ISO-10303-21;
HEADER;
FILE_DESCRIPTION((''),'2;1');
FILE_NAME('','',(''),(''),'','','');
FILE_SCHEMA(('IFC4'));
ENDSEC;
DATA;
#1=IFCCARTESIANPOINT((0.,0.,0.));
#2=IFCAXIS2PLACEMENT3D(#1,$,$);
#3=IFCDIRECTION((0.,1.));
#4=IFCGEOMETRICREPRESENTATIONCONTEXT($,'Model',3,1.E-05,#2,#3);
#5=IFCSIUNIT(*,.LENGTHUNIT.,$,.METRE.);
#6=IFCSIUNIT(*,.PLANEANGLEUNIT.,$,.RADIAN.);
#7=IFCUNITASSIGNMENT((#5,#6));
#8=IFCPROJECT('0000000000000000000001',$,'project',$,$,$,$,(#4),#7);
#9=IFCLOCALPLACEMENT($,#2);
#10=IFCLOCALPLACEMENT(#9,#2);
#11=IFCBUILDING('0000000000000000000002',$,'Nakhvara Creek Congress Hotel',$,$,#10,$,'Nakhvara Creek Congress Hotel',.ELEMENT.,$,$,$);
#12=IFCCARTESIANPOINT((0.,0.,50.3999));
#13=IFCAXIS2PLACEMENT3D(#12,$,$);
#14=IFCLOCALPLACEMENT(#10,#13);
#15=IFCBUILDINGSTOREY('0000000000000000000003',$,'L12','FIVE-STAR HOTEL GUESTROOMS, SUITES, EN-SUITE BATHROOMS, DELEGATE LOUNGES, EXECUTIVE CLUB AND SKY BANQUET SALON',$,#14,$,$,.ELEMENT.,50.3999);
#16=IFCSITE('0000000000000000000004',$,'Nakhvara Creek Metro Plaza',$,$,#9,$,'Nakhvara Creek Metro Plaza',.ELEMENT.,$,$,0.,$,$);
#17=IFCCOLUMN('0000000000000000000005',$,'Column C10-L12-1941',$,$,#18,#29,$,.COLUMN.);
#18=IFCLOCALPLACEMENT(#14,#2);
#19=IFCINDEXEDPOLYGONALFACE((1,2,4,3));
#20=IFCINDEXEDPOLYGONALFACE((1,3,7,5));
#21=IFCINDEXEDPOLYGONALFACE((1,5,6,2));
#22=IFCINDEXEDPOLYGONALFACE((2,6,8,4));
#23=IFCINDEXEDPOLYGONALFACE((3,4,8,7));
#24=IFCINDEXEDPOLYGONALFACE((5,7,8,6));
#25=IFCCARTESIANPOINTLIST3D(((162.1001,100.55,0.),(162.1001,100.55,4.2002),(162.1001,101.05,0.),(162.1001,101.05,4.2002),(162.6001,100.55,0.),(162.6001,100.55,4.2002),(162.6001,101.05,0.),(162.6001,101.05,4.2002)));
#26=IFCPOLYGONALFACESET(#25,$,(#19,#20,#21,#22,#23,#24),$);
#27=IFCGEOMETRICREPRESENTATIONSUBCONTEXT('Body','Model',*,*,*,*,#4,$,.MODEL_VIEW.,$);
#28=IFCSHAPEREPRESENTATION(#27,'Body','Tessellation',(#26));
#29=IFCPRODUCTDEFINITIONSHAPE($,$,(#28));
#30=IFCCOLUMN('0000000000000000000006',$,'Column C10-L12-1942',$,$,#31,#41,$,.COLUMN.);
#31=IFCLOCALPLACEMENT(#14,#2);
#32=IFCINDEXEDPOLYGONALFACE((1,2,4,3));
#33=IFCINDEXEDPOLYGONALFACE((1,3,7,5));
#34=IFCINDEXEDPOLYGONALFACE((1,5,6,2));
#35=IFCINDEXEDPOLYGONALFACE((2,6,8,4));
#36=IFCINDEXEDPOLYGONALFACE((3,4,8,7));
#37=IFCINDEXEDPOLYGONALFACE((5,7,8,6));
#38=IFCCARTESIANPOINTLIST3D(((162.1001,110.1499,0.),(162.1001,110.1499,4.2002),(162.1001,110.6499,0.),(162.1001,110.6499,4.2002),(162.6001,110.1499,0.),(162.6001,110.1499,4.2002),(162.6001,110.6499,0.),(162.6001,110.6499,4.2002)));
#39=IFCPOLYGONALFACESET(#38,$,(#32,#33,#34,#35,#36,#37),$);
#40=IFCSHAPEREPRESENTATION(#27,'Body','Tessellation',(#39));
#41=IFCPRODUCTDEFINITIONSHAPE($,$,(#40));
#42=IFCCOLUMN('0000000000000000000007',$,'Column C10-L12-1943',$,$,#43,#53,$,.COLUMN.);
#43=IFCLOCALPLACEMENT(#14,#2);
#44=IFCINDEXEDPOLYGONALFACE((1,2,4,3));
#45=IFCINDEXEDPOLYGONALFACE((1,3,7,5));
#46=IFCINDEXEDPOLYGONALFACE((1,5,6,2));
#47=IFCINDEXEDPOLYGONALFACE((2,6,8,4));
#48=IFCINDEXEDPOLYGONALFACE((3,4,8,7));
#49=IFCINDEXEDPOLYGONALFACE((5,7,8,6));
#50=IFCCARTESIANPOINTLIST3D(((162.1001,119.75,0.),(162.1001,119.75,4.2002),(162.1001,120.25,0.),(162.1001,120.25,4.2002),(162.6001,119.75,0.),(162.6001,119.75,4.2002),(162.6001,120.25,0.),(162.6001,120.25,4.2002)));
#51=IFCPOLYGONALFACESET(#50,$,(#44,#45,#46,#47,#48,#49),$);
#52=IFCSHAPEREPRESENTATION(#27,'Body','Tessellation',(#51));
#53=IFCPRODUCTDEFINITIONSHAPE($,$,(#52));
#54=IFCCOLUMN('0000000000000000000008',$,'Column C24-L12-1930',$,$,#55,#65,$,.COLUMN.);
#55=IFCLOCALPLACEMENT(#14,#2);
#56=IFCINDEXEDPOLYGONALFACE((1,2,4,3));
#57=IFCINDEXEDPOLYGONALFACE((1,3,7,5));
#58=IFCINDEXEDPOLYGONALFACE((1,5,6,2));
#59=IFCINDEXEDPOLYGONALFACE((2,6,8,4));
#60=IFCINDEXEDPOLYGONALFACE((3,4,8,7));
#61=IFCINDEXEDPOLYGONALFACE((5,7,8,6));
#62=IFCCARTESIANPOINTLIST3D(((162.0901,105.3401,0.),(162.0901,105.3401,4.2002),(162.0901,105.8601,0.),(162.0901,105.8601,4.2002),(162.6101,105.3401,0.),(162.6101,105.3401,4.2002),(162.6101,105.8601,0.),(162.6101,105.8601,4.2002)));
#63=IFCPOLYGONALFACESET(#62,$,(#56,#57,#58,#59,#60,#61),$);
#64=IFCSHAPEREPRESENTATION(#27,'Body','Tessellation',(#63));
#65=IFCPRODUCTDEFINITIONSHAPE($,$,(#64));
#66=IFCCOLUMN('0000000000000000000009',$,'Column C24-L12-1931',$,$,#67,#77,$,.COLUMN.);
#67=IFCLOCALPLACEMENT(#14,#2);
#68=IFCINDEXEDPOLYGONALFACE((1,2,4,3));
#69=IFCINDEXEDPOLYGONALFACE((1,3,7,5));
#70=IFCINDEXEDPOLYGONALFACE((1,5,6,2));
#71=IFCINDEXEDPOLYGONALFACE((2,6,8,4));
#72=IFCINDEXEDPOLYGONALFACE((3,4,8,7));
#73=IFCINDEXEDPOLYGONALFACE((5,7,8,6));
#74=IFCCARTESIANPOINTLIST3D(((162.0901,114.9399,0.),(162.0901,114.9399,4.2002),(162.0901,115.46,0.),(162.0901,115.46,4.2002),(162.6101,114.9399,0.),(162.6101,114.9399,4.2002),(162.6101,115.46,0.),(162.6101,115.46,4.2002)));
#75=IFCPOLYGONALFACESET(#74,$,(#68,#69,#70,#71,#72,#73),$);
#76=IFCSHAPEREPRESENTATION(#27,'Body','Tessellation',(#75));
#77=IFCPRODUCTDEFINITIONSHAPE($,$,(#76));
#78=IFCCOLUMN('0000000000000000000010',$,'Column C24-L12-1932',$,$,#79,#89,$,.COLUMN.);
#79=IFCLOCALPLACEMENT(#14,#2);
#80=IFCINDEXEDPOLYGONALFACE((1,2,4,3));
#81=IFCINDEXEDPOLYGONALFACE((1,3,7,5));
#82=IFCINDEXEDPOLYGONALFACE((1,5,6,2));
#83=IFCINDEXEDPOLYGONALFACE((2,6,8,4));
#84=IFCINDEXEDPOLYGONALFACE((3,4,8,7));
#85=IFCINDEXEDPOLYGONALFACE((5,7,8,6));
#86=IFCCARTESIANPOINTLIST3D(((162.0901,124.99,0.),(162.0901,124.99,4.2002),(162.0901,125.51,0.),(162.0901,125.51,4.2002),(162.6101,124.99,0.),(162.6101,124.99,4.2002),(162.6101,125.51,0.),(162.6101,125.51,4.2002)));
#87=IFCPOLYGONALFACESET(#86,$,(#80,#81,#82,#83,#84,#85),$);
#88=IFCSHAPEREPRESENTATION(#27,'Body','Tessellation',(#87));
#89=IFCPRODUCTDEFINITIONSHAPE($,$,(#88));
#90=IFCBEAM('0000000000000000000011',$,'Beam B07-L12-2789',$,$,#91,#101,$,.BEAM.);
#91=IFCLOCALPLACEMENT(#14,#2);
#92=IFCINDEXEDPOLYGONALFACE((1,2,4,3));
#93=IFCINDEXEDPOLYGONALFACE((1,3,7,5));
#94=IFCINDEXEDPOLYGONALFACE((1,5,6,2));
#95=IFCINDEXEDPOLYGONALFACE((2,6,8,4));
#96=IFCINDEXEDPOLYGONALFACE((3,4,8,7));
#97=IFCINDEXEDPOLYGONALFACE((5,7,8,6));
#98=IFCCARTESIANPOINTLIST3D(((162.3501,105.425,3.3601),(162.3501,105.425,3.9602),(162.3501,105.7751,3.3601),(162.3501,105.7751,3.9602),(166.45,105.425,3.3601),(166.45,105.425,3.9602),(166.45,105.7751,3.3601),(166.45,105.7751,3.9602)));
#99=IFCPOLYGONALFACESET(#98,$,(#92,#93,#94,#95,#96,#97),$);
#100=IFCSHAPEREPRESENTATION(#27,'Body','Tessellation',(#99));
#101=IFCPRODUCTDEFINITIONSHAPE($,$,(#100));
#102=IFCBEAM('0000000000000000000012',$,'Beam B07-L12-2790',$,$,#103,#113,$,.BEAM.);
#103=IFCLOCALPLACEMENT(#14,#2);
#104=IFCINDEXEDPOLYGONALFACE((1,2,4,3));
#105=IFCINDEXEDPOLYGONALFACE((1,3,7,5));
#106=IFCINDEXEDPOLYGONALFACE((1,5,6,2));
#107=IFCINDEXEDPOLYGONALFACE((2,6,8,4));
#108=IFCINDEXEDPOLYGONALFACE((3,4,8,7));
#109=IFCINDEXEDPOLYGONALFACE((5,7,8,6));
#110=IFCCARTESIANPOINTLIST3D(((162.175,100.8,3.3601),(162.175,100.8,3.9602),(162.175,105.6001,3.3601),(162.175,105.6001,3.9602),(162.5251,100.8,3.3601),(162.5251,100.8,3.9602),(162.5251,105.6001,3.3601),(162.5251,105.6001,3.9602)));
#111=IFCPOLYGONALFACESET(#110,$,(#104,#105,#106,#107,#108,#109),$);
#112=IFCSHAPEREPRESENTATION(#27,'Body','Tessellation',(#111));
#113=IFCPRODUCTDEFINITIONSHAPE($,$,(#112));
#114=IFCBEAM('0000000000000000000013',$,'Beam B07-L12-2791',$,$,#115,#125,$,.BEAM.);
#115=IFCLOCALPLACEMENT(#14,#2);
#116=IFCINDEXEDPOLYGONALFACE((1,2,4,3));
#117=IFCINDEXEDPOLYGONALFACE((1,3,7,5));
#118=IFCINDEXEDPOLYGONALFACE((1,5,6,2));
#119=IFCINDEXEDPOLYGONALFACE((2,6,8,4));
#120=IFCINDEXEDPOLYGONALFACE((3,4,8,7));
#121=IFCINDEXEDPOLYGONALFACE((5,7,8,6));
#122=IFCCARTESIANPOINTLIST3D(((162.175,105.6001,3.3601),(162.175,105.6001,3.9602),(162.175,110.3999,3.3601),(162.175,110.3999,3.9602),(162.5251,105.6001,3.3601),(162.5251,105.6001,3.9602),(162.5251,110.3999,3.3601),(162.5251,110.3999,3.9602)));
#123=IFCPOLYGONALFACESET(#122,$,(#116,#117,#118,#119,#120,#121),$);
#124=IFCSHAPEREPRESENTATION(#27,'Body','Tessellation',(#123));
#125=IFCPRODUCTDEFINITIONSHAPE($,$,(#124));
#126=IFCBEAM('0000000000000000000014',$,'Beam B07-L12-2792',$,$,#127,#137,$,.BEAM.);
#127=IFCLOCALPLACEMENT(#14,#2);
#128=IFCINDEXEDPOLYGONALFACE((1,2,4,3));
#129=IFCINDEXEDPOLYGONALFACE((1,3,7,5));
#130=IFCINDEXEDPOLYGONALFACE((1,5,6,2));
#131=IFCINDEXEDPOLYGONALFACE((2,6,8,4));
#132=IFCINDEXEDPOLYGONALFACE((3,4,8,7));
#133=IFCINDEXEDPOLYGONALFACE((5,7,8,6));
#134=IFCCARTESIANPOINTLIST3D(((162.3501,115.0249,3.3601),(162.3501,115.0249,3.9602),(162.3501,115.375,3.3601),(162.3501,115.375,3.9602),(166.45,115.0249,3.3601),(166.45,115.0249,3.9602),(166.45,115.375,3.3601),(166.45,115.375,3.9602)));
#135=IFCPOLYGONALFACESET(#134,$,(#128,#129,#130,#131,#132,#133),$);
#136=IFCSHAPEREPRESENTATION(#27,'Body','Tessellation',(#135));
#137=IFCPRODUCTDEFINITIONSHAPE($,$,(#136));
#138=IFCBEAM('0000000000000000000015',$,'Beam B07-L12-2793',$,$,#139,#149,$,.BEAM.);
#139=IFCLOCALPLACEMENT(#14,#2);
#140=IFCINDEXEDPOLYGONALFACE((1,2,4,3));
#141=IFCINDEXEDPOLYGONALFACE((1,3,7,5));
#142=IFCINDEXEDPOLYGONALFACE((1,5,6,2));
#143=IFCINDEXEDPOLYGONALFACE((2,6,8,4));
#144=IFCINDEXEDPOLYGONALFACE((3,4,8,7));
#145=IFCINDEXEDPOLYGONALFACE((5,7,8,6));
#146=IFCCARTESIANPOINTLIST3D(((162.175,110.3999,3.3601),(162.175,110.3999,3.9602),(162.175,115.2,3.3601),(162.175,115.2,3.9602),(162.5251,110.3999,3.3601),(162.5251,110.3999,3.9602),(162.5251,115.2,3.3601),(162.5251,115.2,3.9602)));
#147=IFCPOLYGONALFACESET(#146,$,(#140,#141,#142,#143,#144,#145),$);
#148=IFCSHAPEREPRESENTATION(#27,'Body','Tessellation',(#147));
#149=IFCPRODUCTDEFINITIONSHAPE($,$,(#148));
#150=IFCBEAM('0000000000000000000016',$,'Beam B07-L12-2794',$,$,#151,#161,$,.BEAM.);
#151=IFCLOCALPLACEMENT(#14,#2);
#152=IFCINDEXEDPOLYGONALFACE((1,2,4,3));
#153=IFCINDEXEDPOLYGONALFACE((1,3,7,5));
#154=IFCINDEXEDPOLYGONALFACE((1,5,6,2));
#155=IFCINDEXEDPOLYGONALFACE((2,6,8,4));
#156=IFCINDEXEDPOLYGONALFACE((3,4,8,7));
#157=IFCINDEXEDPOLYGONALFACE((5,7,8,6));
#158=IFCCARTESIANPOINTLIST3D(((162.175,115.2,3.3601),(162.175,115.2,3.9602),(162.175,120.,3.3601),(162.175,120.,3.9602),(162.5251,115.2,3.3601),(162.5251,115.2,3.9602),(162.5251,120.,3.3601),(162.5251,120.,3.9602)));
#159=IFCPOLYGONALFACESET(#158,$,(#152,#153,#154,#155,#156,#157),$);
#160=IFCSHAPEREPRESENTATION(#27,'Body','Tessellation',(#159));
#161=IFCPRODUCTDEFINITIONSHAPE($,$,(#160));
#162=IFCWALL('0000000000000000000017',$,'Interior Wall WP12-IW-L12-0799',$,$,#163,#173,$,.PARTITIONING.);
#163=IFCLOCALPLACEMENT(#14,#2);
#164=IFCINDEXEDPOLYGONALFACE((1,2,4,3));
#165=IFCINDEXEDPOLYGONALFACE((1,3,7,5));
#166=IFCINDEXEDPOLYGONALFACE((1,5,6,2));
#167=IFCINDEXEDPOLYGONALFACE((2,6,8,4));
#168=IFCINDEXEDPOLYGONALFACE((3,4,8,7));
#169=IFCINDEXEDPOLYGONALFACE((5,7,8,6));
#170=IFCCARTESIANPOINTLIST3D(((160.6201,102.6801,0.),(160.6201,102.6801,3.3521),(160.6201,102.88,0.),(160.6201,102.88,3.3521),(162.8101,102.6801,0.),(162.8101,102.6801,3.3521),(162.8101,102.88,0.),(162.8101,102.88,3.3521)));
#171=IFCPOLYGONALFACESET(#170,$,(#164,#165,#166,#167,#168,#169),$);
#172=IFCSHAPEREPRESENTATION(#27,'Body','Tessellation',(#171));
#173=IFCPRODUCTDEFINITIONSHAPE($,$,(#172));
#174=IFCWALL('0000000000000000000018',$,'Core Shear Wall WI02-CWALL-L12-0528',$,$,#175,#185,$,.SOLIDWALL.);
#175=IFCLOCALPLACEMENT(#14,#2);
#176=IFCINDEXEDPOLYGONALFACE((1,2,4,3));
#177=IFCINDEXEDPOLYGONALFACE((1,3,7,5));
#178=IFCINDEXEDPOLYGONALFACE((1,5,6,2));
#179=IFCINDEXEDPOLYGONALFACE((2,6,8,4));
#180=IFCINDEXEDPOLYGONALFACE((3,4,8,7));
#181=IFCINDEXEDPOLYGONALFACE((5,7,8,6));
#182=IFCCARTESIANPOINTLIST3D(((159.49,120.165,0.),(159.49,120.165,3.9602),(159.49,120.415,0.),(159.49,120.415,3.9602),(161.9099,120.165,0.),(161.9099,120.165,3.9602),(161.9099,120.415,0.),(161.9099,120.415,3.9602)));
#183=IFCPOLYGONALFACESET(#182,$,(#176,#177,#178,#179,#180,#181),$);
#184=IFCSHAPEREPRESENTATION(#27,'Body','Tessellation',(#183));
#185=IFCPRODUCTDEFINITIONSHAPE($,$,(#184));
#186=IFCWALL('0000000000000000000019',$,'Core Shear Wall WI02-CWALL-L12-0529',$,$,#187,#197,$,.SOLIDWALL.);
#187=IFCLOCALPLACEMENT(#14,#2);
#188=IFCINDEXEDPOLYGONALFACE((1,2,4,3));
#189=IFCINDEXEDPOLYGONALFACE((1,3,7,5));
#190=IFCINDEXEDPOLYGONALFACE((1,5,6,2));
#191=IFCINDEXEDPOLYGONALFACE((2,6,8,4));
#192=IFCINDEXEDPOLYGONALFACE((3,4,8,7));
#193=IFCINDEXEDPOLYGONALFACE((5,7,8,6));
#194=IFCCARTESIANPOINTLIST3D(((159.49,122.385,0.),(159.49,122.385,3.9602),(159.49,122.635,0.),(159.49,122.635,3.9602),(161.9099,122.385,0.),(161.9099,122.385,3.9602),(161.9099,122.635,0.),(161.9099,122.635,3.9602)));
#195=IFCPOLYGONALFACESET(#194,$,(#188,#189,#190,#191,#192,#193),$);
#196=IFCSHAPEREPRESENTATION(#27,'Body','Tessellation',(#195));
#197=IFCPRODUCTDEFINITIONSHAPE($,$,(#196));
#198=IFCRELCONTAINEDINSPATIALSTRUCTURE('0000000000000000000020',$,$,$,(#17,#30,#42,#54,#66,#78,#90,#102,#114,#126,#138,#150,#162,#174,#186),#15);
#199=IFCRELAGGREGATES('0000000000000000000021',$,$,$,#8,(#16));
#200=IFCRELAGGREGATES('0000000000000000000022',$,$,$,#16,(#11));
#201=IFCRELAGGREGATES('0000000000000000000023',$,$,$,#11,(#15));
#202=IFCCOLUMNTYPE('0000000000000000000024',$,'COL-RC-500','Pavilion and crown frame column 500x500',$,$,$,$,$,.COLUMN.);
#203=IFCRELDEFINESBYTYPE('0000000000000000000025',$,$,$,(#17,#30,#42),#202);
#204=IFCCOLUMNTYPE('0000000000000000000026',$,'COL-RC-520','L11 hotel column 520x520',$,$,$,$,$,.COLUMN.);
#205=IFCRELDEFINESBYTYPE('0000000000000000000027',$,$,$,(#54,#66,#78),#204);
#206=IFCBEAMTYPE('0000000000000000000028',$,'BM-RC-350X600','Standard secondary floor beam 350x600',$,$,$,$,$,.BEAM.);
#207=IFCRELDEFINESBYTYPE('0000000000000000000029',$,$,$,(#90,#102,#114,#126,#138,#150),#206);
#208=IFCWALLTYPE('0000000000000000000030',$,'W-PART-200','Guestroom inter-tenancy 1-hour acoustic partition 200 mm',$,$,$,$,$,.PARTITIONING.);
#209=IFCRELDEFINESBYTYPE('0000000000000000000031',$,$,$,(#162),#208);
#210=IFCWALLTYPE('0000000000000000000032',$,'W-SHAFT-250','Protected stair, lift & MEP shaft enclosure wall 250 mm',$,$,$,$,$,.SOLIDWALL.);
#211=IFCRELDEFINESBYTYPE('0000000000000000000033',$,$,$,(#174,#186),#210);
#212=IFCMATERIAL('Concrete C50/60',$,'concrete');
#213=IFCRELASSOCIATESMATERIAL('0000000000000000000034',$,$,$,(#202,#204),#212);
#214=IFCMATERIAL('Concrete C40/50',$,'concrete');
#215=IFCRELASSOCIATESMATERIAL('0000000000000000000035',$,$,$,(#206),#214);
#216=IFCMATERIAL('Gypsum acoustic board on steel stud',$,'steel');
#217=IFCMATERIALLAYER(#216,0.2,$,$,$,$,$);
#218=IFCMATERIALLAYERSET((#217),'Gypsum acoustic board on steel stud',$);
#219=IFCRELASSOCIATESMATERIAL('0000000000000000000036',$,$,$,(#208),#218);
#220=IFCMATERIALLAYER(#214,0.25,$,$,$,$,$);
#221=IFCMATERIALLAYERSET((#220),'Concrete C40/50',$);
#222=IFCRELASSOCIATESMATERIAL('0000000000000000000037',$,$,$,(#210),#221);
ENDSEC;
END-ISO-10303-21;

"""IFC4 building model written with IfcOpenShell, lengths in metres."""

from ifc_helpers import new_model, si_unit, direction, frame, frame_2d, origin, origin_2d, place, context, subcontext, project, spatial, rectangle, extrude, material, layer, layer_set, material_profile, profile_set, type_object, element, save


model = new_model("IFC4")

# Units and contexts
model_context = context("Model", 3, precision=1e-05, world=origin(), true_north=direction((0.0, 1.0)))
body_context = subcontext(model_context, "Body", "Model", "MODEL_VIEW")
ifc_project = project(units=[si_unit("LENGTHUNIT", "METRE"), si_unit("PLANEANGLEUNIT", "RADIAN")], contexts=[model_context])

# Site, building, storey
site_placement = place(None, origin())
site = spatial("IfcSite", under=ifc_project, at=site_placement, Name="Nakhvara Creek Metro Plaza", LongName="Nakhvara Creek Metro Plaza", CompositionType="ELEMENT", RefElevation=0.0)
building_placement = place(site_placement, origin())
building = spatial("IfcBuilding", under=site, at=building_placement, Name="Nakhvara Creek Congress Hotel", LongName="Nakhvara Creek Congress Hotel", CompositionType="ELEMENT")
storey_placement = place(building_placement, frame((0.0, 0.0, 50.3999)))
storey = spatial("IfcBuildingStorey", under=building, at=storey_placement, Name="L12", Description="FIVE-STAR HOTEL GUESTROOMS, SUITES, EN-SUITE BATHROOMS, DELEGATE LOUNGES, EXECUTIVE CLUB AND SKY BANQUET SALON", CompositionType="ELEMENT", Elevation=50.3999)

# Columns
ifc_material_1 = material(Name="Concrete C50/60", Category="concrete")
ifc_material_profile_1 = material_profile(ifc_material_1, rectangle(XDim=0.5, YDim=0.5, at=origin_2d()), Name="RC-COL 500x500", Category="LoadBearing")
ifc_profile_set_1 = profile_set([ifc_material_profile_1], Name="Concrete C50/60")
column_type_1 = type_object("IfcColumnType", Name="COL-RC-500", Description="Pavilion and crown frame column 500x500", PredefinedType="COLUMN", material=ifc_profile_set_1)
for number, where, z_axis, x_axis, name in (
    (1, (162.3501, 100.8, 0.0), (0.0, 0.0, 1.0), (1.0, 0.0, 0.0), "Column C10-L12-1941"),
    (2, (162.3501, 110.3999, 0.0), (0.0, 0.0, 1.0), (1.0, 0.0, 0.0), "Column C10-L12-1942"),
    (3, (162.3501, 120.0, 0.0), (0.0, 0.0, 1.0), (1.0, 0.0, 0.0), "Column C10-L12-1943"),
):
    element("IfcColumn", number, at=place(storey_placement, frame(where, z_axis=z_axis, x_axis=x_axis)), inside=storey, type_object=column_type_1, Name=name, PredefinedType="COLUMN", context=body_context, shape_type="SweptSolid", body=[
        extrude(rectangle(XDim=0.5, YDim=0.5, at=origin_2d()), origin(), (0.0, 0.0, 1.0), 4.2002),
    ])
ifc_material_profile_2 = material_profile(ifc_material_1, rectangle(XDim=0.52, YDim=0.52, at=origin_2d()), Name="RC-COL 520x520", Category="LoadBearing")
ifc_profile_set_2 = profile_set([ifc_material_profile_2], Name="Concrete C50/60")
column_type_2 = type_object("IfcColumnType", Name="COL-RC-520", Description="L11 hotel column 520x520", PredefinedType="COLUMN", material=ifc_profile_set_2)
for number, where, z_axis, x_axis, name in (
    (4, (162.3501, 105.6001, 0.0), (0.0, 0.0, 1.0), (1.0, 0.0, 0.0), "Column C24-L12-1930"),
    (5, (162.3501, 115.2, 0.0), (0.0, 0.0, 1.0), (1.0, 0.0, 0.0), "Column C24-L12-1931"),
    (6, (162.3501, 125.25, 0.0), (0.0, 0.0, 1.0), (1.0, 0.0, 0.0), "Column C24-L12-1932"),
):
    element("IfcColumn", number, at=place(storey_placement, frame(where, z_axis=z_axis, x_axis=x_axis)), inside=storey, type_object=column_type_2, Name=name, PredefinedType="COLUMN", context=body_context, shape_type="SweptSolid", body=[
        extrude(rectangle(XDim=0.52, YDim=0.52, at=origin_2d()), origin(), (0.0, 0.0, 1.0), 4.2002),
    ])

# Beams
ifc_material_2 = material(Name="Concrete C40/50", Category="concrete")
ifc_material_profile_3 = material_profile(ifc_material_2, rectangle(XDim=0.3501, YDim=0.6001, at=origin_2d()), Name="RC-BM 350x600", Category="LoadBearing")
ifc_profile_set_3 = profile_set([ifc_material_profile_3], Name="Concrete C40/50")
beam_type = type_object("IfcBeamType", Name="BM-RC-350X600", Description="Standard secondary floor beam 350x600", PredefinedType="BEAM", material=ifc_profile_set_3)
beam_1_placement = place(storey_placement, frame((162.3501, 105.6001, 3.6602), z_axis=(1.0, 0.0, 0.0), x_axis=(0.0, 1.0, 0.0)))
element("IfcBeam", 7, at=beam_1_placement, inside=storey, type_object=beam_type, Name="Beam B07-L12-2789", PredefinedType="BEAM", context=body_context, shape_type="SweptSolid", body=[
    extrude(rectangle(XDim=0.3501, YDim=0.6001, at=origin_2d()), origin(), (0.0, 0.0, 1.0), 4.0999),
])
beam_2_placement = place(storey_placement, frame((162.3501, 100.8, 3.6602), z_axis=(0.0, 1.0, 0.0), x_axis=(-1.0, 0.0, 0.0)))
element("IfcBeam", 8, at=beam_2_placement, inside=storey, type_object=beam_type, Name="Beam B07-L12-2790", PredefinedType="BEAM", context=body_context, shape_type="SweptSolid", body=[
    extrude(rectangle(XDim=0.3501, YDim=0.6001, at=origin_2d()), origin(), (0.0, 0.0, 1.0), 4.8),
])
beam_3_placement = place(storey_placement, frame((162.3501, 105.6001, 3.6602), z_axis=(0.0, 1.0, 0.0), x_axis=(-1.0, 0.0, 0.0)))
element("IfcBeam", 9, at=beam_3_placement, inside=storey, type_object=beam_type, Name="Beam B07-L12-2791", PredefinedType="BEAM", context=body_context, shape_type="SweptSolid", body=[
    extrude(rectangle(XDim=0.3501, YDim=0.6001, at=origin_2d()), origin(), (0.0, 0.0, 1.0), 4.7998),
])
beam_4_placement = place(storey_placement, frame((162.3501, 115.2, 3.6602), z_axis=(1.0, 0.0, 0.0), x_axis=(0.0, 1.0, 0.0)))
element("IfcBeam", 10, at=beam_4_placement, inside=storey, type_object=beam_type, Name="Beam B07-L12-2792", PredefinedType="BEAM", context=body_context, shape_type="SweptSolid", body=[
    extrude(rectangle(XDim=0.3501, YDim=0.6001, at=origin_2d()), origin(), (0.0, 0.0, 1.0), 4.0999),
])
for number, where, z_axis, x_axis, name in (
    (11, (162.3501, 110.3999, 3.6602), (0.0, 1.0, 0.0), (-1.0, 0.0, 0.0), "Beam B07-L12-2793"),
    (12, (162.3501, 115.2, 3.6602), (0.0, 1.0, 0.0), (-1.0, 0.0, 0.0), "Beam B07-L12-2794"),
):
    element("IfcBeam", number, at=place(storey_placement, frame(where, z_axis=z_axis, x_axis=x_axis)), inside=storey, type_object=beam_type, Name=name, PredefinedType="BEAM", context=body_context, shape_type="SweptSolid", body=[
        extrude(rectangle(XDim=0.3501, YDim=0.6001, at=origin_2d()), origin(), (0.0, 0.0, 1.0), 4.8),
    ])

# Walls
ifc_material_3 = material(Name="Gypsum acoustic board on steel stud", Category="steel")
ifc_layer_1 = layer(ifc_material_3, 0.2)
ifc_layer_set_1 = layer_set([ifc_layer_1], Name="Gypsum acoustic board on steel stud")
wall_type_1 = type_object("IfcWallType", Name="W-PART-200", Description="Guestroom inter-tenancy 1-hour acoustic partition 200 mm", PredefinedType="PARTITIONING", material=ifc_layer_set_1)
wall_1_placement = place(storey_placement, frame((160.6201, 102.78, 0.0), z_axis=(0.0, 0.0, 1.0), x_axis=(1.0, 0.0, 0.0)))
element("IfcWall", 13, at=wall_1_placement, inside=storey, type_object=wall_type_1, Name="Interior Wall WP12-IW-L12-0799", PredefinedType="PARTITIONING", context=body_context, shape_type="SweptSolid", body=[
    extrude(rectangle(XDim=2.1899, YDim=0.2, at=frame_2d((1.095, 0.0))), origin(), (0.0, 0.0, 1.0), 3.3521),
])
ifc_layer_2 = layer(ifc_material_2, 0.25)
ifc_layer_set_2 = layer_set([ifc_layer_2], Name="Concrete C40/50")
wall_type_2 = type_object("IfcWallType", Name="W-SHAFT-250", Description="Protected stair, lift & MEP shaft enclosure wall 250 mm", PredefinedType="SOLIDWALL", material=ifc_layer_set_2)
for number, where, z_axis, x_axis, name in (
    (14, (159.49, 120.29, 0.0), (0.0, 0.0, 1.0), (1.0, 0.0, 0.0), "Core Shear Wall WI02-CWALL-L12-0528"),
    (15, (159.49, 122.51, 0.0), (0.0, 0.0, 1.0), (1.0, 0.0, 0.0), "Core Shear Wall WI02-CWALL-L12-0529"),
):
    element("IfcWall", number, at=place(storey_placement, frame(where, z_axis=z_axis, x_axis=x_axis)), inside=storey, type_object=wall_type_2, Name=name, PredefinedType="SOLIDWALL", context=body_context, shape_type="SweptSolid", body=[
        extrude(rectangle(XDim=2.4199, YDim=0.25, at=frame_2d((1.21, 0.0))), origin(), (0.0, 0.0, 1.0), 3.9602),
    ])

save(model, "model.ifc")
